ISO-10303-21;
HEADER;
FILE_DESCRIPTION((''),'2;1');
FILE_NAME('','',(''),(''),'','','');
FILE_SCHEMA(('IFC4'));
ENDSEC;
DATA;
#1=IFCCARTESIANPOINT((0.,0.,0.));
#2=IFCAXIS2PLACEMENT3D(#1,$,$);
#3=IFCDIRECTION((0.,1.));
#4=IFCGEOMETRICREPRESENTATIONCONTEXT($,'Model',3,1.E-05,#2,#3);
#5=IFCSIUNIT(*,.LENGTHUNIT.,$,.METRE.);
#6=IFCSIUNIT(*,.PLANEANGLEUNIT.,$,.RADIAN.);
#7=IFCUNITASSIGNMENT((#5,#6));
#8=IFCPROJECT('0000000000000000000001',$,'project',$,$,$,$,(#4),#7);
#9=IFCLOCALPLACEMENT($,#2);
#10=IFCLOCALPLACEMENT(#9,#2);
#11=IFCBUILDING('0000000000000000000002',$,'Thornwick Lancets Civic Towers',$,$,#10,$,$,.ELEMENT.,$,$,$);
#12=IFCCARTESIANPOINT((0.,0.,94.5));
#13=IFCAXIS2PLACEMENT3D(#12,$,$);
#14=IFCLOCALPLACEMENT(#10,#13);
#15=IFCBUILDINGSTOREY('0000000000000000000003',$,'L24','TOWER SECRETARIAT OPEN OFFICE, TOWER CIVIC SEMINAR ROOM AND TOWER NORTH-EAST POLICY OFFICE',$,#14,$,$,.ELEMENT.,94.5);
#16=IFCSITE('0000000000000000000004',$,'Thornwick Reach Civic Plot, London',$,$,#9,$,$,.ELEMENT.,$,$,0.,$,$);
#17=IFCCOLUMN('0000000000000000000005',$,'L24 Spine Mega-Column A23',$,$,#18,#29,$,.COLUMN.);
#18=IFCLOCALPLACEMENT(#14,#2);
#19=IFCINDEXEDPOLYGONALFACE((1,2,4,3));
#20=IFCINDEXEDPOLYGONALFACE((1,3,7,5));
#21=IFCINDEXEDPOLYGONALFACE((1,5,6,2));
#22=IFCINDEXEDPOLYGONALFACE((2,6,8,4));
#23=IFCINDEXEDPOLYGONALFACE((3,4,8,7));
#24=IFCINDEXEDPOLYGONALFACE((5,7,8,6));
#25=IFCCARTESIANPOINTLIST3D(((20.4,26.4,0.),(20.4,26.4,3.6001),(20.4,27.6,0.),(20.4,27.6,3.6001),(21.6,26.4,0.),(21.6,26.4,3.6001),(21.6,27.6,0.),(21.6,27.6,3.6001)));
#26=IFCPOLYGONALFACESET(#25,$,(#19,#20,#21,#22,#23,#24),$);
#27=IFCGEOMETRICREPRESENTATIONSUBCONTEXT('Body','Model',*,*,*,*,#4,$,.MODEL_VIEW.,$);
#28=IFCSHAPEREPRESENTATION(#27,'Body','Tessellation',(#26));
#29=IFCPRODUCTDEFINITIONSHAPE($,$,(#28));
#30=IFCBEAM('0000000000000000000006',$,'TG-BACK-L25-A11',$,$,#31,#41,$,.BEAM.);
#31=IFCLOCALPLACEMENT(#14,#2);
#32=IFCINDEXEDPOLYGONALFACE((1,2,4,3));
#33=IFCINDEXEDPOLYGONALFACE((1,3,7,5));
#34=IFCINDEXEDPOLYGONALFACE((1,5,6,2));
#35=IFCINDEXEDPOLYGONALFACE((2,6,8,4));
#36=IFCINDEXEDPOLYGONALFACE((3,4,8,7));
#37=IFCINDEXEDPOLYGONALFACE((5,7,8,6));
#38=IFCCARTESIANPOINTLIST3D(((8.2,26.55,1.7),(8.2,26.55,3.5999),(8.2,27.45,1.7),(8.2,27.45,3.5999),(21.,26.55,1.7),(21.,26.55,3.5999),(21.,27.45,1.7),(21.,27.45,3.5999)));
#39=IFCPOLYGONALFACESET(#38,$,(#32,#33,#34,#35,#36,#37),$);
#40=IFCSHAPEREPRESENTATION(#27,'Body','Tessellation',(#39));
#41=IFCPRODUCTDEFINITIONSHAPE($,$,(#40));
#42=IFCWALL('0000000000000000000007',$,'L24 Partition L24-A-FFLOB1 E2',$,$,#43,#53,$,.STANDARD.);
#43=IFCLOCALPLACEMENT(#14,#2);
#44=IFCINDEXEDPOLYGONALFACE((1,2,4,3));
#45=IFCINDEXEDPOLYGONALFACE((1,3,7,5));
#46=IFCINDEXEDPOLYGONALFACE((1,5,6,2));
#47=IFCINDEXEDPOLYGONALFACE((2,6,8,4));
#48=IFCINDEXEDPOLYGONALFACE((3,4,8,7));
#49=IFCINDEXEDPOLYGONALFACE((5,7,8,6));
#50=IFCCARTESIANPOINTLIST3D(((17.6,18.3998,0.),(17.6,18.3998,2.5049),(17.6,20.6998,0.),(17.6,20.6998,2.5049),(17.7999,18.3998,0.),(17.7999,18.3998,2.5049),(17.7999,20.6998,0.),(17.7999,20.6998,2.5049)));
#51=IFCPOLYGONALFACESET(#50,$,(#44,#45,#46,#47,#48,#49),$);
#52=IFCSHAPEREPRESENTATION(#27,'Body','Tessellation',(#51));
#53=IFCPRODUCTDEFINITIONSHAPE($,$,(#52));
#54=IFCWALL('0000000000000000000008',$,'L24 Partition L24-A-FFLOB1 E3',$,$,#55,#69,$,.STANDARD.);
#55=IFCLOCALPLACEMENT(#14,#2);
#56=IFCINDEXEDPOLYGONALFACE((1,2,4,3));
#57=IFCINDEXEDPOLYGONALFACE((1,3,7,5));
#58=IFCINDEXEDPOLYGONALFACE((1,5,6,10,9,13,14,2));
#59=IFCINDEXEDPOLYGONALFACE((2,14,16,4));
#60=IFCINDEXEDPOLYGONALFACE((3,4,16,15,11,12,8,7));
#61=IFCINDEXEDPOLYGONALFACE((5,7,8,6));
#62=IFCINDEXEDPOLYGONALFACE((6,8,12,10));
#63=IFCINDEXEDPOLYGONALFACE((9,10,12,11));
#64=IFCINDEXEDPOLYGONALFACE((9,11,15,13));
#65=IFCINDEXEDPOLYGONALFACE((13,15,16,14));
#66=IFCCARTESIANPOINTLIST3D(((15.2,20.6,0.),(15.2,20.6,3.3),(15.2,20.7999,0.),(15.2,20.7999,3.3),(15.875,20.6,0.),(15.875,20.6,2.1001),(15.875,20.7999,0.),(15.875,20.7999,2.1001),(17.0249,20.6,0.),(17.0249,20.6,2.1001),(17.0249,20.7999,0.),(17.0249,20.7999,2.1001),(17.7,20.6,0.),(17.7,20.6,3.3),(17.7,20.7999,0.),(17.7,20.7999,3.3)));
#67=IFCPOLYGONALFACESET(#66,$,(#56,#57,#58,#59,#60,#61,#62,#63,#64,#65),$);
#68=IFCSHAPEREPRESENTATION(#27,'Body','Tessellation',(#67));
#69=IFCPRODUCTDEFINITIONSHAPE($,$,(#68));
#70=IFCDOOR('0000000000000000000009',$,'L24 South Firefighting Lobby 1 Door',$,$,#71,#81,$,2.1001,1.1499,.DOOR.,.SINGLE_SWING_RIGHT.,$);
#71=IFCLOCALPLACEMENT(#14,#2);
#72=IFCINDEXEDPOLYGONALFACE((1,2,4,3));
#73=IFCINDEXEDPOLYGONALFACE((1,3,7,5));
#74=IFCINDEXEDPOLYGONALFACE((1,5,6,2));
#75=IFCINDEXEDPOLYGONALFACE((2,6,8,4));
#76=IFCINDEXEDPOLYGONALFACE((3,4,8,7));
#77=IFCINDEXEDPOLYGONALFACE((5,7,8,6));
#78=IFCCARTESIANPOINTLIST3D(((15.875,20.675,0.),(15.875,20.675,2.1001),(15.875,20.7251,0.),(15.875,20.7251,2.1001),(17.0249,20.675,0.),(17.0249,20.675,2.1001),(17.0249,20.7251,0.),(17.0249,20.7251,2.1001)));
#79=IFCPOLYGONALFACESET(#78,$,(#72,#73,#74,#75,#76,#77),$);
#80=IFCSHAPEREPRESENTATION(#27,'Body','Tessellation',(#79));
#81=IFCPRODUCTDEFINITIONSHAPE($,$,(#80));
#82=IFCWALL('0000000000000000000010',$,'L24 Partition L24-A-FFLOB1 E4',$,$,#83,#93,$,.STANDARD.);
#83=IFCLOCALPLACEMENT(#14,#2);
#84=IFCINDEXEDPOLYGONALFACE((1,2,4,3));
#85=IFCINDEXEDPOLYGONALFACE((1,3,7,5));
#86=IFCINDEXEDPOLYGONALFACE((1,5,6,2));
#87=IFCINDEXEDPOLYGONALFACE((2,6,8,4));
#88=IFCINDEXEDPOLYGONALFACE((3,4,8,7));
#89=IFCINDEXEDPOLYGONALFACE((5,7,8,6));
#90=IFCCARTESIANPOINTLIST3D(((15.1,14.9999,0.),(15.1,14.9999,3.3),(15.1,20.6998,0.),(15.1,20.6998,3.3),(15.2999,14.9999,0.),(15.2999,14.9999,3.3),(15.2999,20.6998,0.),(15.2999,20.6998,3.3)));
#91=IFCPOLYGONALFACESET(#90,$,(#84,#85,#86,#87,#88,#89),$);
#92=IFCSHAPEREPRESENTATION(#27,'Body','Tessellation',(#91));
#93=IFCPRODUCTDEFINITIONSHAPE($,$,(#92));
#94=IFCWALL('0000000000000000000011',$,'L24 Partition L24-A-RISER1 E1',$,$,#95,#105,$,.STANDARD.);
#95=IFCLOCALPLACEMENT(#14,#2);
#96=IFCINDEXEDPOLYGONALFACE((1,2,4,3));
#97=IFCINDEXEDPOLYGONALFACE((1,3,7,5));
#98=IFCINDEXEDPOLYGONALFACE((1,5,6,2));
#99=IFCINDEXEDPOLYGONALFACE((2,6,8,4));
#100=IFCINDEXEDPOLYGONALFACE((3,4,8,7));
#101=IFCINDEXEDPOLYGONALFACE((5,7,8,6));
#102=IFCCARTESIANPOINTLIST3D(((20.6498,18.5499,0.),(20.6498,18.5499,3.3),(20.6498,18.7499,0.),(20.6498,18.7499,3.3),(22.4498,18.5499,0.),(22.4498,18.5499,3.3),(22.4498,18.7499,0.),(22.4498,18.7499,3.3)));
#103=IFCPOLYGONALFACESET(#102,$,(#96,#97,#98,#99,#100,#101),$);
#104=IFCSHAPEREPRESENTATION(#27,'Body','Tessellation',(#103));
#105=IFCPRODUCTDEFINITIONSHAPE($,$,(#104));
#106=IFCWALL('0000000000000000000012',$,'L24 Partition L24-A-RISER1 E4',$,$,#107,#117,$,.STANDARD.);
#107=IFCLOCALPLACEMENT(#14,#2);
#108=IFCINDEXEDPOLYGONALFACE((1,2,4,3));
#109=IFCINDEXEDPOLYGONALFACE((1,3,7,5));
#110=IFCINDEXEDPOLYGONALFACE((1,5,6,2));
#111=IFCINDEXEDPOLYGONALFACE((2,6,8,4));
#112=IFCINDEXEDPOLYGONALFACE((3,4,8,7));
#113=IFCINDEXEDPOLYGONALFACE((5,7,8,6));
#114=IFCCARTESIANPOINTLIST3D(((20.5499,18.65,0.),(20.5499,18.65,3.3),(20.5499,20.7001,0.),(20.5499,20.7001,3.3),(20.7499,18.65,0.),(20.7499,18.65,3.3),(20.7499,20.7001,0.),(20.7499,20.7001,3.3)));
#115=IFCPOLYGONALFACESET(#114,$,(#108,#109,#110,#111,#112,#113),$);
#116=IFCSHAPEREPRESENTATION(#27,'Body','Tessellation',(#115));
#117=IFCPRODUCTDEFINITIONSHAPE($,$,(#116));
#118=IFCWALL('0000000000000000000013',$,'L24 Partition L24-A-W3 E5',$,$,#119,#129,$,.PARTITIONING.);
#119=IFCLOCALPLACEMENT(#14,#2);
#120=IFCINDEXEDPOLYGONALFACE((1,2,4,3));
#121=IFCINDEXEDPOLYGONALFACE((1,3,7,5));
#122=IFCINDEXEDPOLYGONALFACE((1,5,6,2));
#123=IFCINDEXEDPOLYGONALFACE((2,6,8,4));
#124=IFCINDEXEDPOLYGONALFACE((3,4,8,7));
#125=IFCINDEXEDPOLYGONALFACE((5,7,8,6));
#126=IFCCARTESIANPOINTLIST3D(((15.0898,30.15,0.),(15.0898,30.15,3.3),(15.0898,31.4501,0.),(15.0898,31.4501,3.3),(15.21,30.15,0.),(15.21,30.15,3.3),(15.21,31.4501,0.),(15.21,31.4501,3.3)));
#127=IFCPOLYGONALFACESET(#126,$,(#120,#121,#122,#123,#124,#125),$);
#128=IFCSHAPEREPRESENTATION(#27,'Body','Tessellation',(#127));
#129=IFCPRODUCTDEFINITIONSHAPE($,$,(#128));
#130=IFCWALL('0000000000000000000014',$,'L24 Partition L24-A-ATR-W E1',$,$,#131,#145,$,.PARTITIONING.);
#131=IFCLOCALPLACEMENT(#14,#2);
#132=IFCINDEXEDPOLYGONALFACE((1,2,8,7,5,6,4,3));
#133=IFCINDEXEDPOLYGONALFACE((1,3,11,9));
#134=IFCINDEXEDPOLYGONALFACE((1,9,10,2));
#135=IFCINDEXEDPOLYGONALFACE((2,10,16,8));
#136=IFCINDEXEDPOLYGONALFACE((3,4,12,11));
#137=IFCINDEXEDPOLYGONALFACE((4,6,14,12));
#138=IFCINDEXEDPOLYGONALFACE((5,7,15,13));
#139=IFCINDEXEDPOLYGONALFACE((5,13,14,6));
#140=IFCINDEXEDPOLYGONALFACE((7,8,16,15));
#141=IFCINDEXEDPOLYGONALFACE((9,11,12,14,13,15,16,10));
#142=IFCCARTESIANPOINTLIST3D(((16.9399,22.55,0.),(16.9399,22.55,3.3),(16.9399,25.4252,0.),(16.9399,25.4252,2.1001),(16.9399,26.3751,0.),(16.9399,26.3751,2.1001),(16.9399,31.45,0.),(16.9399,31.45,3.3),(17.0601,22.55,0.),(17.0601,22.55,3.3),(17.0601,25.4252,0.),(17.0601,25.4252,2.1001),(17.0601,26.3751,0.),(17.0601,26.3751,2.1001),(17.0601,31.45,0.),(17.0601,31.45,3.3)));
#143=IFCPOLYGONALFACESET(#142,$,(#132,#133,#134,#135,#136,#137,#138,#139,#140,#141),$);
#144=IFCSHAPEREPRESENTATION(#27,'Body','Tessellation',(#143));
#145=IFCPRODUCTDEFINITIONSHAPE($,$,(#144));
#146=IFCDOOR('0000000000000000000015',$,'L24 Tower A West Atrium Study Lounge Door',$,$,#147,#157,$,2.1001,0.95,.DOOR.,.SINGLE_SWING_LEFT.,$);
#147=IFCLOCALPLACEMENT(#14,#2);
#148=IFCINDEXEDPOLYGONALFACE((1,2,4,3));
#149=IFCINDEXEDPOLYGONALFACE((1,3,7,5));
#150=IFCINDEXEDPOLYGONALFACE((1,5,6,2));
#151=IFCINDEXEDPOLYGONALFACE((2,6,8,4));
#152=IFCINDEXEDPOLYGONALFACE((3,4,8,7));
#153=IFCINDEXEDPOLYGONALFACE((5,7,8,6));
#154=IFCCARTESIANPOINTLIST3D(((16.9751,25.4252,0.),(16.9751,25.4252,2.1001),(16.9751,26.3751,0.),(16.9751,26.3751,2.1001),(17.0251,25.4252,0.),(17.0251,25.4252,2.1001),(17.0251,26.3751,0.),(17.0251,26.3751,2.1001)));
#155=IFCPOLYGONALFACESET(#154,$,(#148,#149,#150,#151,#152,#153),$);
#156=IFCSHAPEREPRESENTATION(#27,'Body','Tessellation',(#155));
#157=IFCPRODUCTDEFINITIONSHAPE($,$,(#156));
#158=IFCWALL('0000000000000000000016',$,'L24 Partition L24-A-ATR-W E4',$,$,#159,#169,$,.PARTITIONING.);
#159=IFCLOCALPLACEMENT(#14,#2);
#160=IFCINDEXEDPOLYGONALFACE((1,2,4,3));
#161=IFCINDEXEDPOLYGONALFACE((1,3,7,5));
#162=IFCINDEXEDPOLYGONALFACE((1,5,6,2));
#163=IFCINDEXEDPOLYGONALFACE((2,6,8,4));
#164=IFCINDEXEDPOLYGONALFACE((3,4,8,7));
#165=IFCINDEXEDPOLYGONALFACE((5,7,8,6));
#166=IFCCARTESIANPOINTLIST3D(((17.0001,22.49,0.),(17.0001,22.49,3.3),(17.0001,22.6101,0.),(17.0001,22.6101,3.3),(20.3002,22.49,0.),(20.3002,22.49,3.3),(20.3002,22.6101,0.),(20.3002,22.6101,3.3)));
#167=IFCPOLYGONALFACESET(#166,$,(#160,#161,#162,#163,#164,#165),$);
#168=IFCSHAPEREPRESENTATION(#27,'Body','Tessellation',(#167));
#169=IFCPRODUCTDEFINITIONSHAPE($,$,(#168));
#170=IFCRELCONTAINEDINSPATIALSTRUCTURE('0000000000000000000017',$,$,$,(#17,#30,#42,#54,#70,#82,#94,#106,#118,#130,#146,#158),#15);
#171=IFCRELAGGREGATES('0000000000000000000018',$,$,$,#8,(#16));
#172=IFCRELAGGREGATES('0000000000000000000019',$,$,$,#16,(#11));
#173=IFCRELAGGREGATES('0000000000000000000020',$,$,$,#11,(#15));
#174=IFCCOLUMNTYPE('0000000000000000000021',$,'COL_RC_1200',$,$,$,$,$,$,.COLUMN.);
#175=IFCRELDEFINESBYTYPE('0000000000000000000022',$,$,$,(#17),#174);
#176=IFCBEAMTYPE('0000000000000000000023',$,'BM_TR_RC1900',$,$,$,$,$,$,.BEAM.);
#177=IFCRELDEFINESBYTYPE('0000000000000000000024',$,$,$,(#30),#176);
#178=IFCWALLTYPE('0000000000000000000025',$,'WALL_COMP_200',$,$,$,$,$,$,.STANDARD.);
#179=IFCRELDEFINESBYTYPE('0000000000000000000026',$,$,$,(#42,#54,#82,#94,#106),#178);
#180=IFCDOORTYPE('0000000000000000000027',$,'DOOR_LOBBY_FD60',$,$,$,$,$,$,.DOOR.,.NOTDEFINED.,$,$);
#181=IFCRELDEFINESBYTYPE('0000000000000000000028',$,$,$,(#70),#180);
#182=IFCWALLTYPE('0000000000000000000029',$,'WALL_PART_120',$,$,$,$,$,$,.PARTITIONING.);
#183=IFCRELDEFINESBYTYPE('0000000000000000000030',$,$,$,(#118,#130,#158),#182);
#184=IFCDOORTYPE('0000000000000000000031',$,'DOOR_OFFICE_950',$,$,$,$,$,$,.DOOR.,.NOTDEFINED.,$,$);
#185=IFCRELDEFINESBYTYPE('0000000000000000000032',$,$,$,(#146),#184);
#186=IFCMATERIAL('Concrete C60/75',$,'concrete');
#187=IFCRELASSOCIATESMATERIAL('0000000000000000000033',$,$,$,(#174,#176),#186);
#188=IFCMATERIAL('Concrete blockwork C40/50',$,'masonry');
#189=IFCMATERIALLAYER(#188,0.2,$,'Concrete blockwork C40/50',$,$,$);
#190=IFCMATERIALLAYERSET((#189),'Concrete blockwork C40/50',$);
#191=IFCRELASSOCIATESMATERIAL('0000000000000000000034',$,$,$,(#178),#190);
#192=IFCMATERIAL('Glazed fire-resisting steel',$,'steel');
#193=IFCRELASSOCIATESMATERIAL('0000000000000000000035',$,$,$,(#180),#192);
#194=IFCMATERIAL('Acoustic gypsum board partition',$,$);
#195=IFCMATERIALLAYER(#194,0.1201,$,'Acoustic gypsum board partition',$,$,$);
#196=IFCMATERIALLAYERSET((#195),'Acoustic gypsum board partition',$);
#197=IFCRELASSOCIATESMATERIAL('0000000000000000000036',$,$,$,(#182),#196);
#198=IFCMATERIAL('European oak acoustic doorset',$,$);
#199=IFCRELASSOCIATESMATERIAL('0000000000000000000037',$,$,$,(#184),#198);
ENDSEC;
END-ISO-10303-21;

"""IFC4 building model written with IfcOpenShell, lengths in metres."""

from ifc_helpers import new_model, si_unit, direction, frame, frame_2d, origin, origin_2d, place, context, subcontext, project, spatial, rectangle, extrude, material, layer, layer_set, material_profile, profile_set, type_object, element, fill, save


model = new_model("IFC4")

# Units and contexts
model_context = context("Model", 3, precision=1e-05, world=origin(), true_north=direction((0.0, 1.0)))
body_context = subcontext(model_context, "Body", "Model", "MODEL_VIEW")
ifc_project = project(units=[si_unit("LENGTHUNIT", "METRE"), si_unit("PLANEANGLEUNIT", "RADIAN")], contexts=[model_context])

# Site, building, storey
site_placement = place(None, origin())
site = spatial("IfcSite", under=ifc_project, at=site_placement, Name="Thornwick Reach Civic Plot, London", CompositionType="ELEMENT", RefElevation=0.0)
building_placement = place(site_placement, origin())
building = spatial("IfcBuilding", under=site, at=building_placement, Name="Thornwick Lancets Civic Towers", CompositionType="ELEMENT")
storey_placement = place(building_placement, frame((0.0, 0.0, 94.5)))
storey = spatial("IfcBuildingStorey", under=building, at=storey_placement, Name="L24", Description="TOWER SECRETARIAT OPEN OFFICE, TOWER CIVIC SEMINAR ROOM AND TOWER NORTH-EAST POLICY OFFICE", CompositionType="ELEMENT", Elevation=94.5)

# Column
ifc_material_1 = material(Name="Concrete C60/75", Category="concrete")
ifc_material_profile_1 = material_profile(ifc_material_1, rectangle(XDim=1.2, YDim=1.2, at=origin_2d()), Name="RC 1200x1200")
ifc_profile_set_1 = profile_set([ifc_material_profile_1], Name="Concrete C60/75")
column_type = type_object("IfcColumnType", Name="COL_RC_1200", PredefinedType="COLUMN", material=ifc_profile_set_1)
column_placement = place(storey_placement, frame((21.0, 27.0, 0.0), z_axis=(0.0, 0.0, 1.0), x_axis=(1.0, 0.0, 0.0)))
element("IfcColumn", 1, at=column_placement, inside=storey, type_object=column_type, Name="L24 Spine Mega-Column A23", PredefinedType="COLUMN", context=body_context, shape_type="SweptSolid", body=[
    extrude(rectangle(XDim=1.2, YDim=1.2, at=origin_2d()), origin(), (0.0, 0.0, 1.0), 3.6001),
])

# Beam
ifc_material_profile_2 = material_profile(ifc_material_1, rectangle(XDim=0.8999, YDim=1.8999, at=origin_2d()), Name="RC 900x1900")
ifc_profile_set_2 = profile_set([ifc_material_profile_2], Name="Concrete C60/75")
beam_type = type_object("IfcBeamType", Name="BM_TR_RC1900", PredefinedType="BEAM", material=ifc_profile_set_2)
beam_placement = place(storey_placement, frame((21.0, 27.0, 2.6499), z_axis=(-1.0, 0.0, 0.0), x_axis=(0.0, -1.0, 0.0)))
element("IfcBeam", 2, at=beam_placement, inside=storey, type_object=beam_type, Name="TG-BACK-L25-A11", PredefinedType="BEAM", context=body_context, shape_type="SweptSolid", body=[
    extrude(rectangle(XDim=0.8999, YDim=1.8999, at=origin_2d()), origin(), (0.0, 0.0, 1.0), 12.8),
])

# Wall
ifc_material_2 = material(Name="Concrete blockwork C40/50", Category="masonry")
ifc_layer_1 = layer(ifc_material_2, 0.2, Name="Concrete blockwork C40/50")
ifc_layer_set_1 = layer_set([ifc_layer_1], Name="Concrete blockwork C40/50")
wall_type_1 = type_object("IfcWallType", Name="WALL_COMP_200", PredefinedType="STANDARD", material=ifc_layer_set_1)
wall_1_placement = place(storey_placement, frame((17.7, 18.3999, 0.0), z_axis=(0.0, 0.0, 1.0), x_axis=(0.0, 1.0, 0.0)))
element("IfcWall", 3, at=wall_1_placement, inside=storey, type_object=wall_type_1, Name="L24 Partition L24-A-FFLOB1 E2", PredefinedType="STANDARD", context=body_context, shape_type="SweptSolid", body=[
    extrude(rectangle(XDim=2.3, YDim=0.2, at=frame_2d((1.1499, 0.0))), origin(), (0.0, 0.0, 1.0), 2.5049),
])

# Wall, opening, door
wall_2_placement = place(storey_placement, frame((17.7, 20.7, 0.0), z_axis=(0.0, 0.0, 1.0), x_axis=(-1.0, 0.0, 0.0)))
wall_2 = element("IfcWall", 4, at=wall_2_placement, inside=storey, type_object=wall_type_1, Name="L24 Partition L24-A-FFLOB1 E3", PredefinedType="STANDARD", context=body_context, shape_type="SweptSolid", body=[
    extrude(rectangle(XDim=2.5, YDim=0.2, at=frame_2d((1.25, 0.0))), origin(), (0.0, 0.0, 1.0), 3.3),
])
opening_1_placement = place(wall_2_placement, frame((0.675, 0.0, 0.0)))
opening_1 = element("IfcOpeningElement", 5, at=opening_1_placement, cuts=wall_2, PredefinedType="OPENING", context=body_context, shape_type="SweptSolid", body=[
    extrude(rectangle(XDim=1.1499, YDim=2.1001, at=frame_2d((0.575, 1.05))), frame((0.0, 0.1099, 0.0), z_axis=(0.0, -1.0, 0.0), x_axis=(1.0, 0.0, 0.0)), (0.0, 0.0, 1.0), 0.22),
])
ifc_material_3 = material(Name="Glazed fire-resisting steel", Category="steel")
door_type_1 = type_object("IfcDoorType", Name="DOOR_LOBBY_FD60", OperationType="NOTDEFINED", PredefinedType="DOOR", material=ifc_material_3)
door_1_placement = place(opening_1_placement, origin())
door_1 = element("IfcDoor", 6, at=door_1_placement, inside=storey, type_object=door_type_1, Name="L24 South Firefighting Lobby 1 Door", OperationType="SINGLE_SWING_RIGHT", OverallHeight=2.1001, OverallWidth=1.1499, PredefinedType="DOOR", context=body_context, shape_type="SweptSolid", body=[
    extrude(rectangle(XDim=1.1499, YDim=2.1001, at=frame_2d((0.575, 1.05))), frame((0.0, 0.0249, 0.0), z_axis=(0.0, -1.0, 0.0), x_axis=(1.0, 0.0, 0.0)), (0.0, 0.0, 1.0), 0.05),
])
fill(opening_1, door_1)

# Walls
wall_3_placement = place(storey_placement, frame((15.2, 20.7, 0.0), z_axis=(0.0, 0.0, 1.0), x_axis=(0.0, -1.0, 0.0)))
element("IfcWall", 7, at=wall_3_placement, inside=storey, type_object=wall_type_1, Name="L24 Partition L24-A-FFLOB1 E4", PredefinedType="STANDARD", context=body_context, shape_type="SweptSolid", body=[
    extrude(rectangle(XDim=5.7, YDim=0.2, at=frame_2d((2.8501, 0.0))), origin(), (0.0, 0.0, 1.0), 3.3),
])
wall_4_placement = place(storey_placement, frame((20.6499, 18.6499, 0.0), z_axis=(0.0, 0.0, 1.0), x_axis=(1.0, 0.0, 0.0)))
element("IfcWall", 8, at=wall_4_placement, inside=storey, type_object=wall_type_1, Name="L24 Partition L24-A-RISER1 E1", PredefinedType="STANDARD", context=body_context, shape_type="SweptSolid", body=[
    extrude(rectangle(XDim=1.8, YDim=0.2, at=frame_2d((0.8999, 0.0))), origin(), (0.0, 0.0, 1.0), 3.3),
])
wall_5_placement = place(storey_placement, frame((20.6499, 20.7, 0.0), z_axis=(0.0, 0.0, 1.0), x_axis=(0.0, -1.0, 0.0)))
element("IfcWall", 9, at=wall_5_placement, inside=storey, type_object=wall_type_1, Name="L24 Partition L24-A-RISER1 E4", PredefinedType="STANDARD", context=body_context, shape_type="SweptSolid", body=[
    extrude(rectangle(XDim=2.05, YDim=0.2, at=frame_2d((1.0249, 0.0))), origin(), (0.0, 0.0, 1.0), 3.3),
])
ifc_material_4 = material(Name="Acoustic gypsum board partition")
ifc_layer_2 = layer(ifc_material_4, 0.1201, Name="Acoustic gypsum board partition")
ifc_layer_set_2 = layer_set([ifc_layer_2], Name="Acoustic gypsum board partition")
wall_type_2 = type_object("IfcWallType", Name="WALL_PART_120", PredefinedType="PARTITIONING", material=ifc_layer_set_2)
wall_6_placement = place(storey_placement, frame((15.1499, 31.45, 0.0), z_axis=(0.0, 0.0, 1.0), x_axis=(0.0, -1.0, 0.0)))
element("IfcWall", 10, at=wall_6_placement, inside=storey, type_object=wall_type_2, Name="L24 Partition L24-A-W3 E5", PredefinedType="PARTITIONING", context=body_context, shape_type="SweptSolid", body=[
    extrude(rectangle(XDim=1.3, YDim=0.1201, at=frame_2d((0.6499, 0.0))), origin(), (0.0, 0.0, 1.0), 3.3),
])

# Wall, opening, door
wall_7_placement = place(storey_placement, frame((17.0, 22.55, 0.0), z_axis=(0.0, 0.0, 1.0), x_axis=(0.0, 1.0, 0.0)))
wall_7 = element("IfcWall", 11, at=wall_7_placement, inside=storey, type_object=wall_type_2, Name="L24 Partition L24-A-ATR-W E1", PredefinedType="PARTITIONING", context=body_context, shape_type="SweptSolid", body=[
    extrude(rectangle(XDim=8.8999, YDim=0.1201, at=frame_2d((4.45, 0.0))), origin(), (0.0, 0.0, 1.0), 3.3),
])
opening_2_placement = place(wall_7_placement, frame((2.875, 0.0, 0.0)))
opening_2 = element("IfcOpeningElement", 12, at=opening_2_placement, cuts=wall_7, PredefinedType="OPENING", context=body_context, shape_type="SweptSolid", body=[
    extrude(rectangle(XDim=0.95, YDim=2.1001, at=frame_2d((0.4751, 1.05))), frame((0.0, 0.0701, 0.0), z_axis=(0.0, -1.0, 0.0), x_axis=(1.0, 0.0, 0.0)), (0.0, 0.0, 1.0), 0.1401),
])
ifc_material_5 = material(Name="European oak acoustic doorset")
door_type_2 = type_object("IfcDoorType", Name="DOOR_OFFICE_950", OperationType="NOTDEFINED", PredefinedType="DOOR", material=ifc_material_5)
door_2_placement = place(opening_2_placement, origin())
door_2 = element("IfcDoor", 13, at=door_2_placement, inside=storey, type_object=door_type_2, Name="L24 Tower A West Atrium Study Lounge Door", OperationType="SINGLE_SWING_LEFT", OverallHeight=2.1001, OverallWidth=0.95, PredefinedType="DOOR", context=body_context, shape_type="SweptSolid", body=[
    extrude(rectangle(XDim=0.95, YDim=2.1001, at=frame_2d((0.4751, 1.05))), frame((0.0, 0.0249, 0.0), z_axis=(0.0, -1.0, 0.0), x_axis=(1.0, 0.0, 0.0)), (0.0, 0.0, 1.0), 0.05),
])
fill(opening_2, door_2)

# Wall
wall_8_placement = place(storey_placement, frame((20.3, 22.55, 0.0), z_axis=(0.0, 0.0, 1.0), x_axis=(-1.0, 0.0, 0.0)))
element("IfcWall", 14, at=wall_8_placement, inside=storey, type_object=wall_type_2, Name="L24 Partition L24-A-ATR-W E4", PredefinedType="PARTITIONING", context=body_context, shape_type="SweptSolid", body=[
    extrude(rectangle(XDim=3.3, YDim=0.1201, at=frame_2d((1.6499, 0.0))), origin(), (0.0, 0.0, 1.0), 3.3),
])

save(model, "model.ifc")
